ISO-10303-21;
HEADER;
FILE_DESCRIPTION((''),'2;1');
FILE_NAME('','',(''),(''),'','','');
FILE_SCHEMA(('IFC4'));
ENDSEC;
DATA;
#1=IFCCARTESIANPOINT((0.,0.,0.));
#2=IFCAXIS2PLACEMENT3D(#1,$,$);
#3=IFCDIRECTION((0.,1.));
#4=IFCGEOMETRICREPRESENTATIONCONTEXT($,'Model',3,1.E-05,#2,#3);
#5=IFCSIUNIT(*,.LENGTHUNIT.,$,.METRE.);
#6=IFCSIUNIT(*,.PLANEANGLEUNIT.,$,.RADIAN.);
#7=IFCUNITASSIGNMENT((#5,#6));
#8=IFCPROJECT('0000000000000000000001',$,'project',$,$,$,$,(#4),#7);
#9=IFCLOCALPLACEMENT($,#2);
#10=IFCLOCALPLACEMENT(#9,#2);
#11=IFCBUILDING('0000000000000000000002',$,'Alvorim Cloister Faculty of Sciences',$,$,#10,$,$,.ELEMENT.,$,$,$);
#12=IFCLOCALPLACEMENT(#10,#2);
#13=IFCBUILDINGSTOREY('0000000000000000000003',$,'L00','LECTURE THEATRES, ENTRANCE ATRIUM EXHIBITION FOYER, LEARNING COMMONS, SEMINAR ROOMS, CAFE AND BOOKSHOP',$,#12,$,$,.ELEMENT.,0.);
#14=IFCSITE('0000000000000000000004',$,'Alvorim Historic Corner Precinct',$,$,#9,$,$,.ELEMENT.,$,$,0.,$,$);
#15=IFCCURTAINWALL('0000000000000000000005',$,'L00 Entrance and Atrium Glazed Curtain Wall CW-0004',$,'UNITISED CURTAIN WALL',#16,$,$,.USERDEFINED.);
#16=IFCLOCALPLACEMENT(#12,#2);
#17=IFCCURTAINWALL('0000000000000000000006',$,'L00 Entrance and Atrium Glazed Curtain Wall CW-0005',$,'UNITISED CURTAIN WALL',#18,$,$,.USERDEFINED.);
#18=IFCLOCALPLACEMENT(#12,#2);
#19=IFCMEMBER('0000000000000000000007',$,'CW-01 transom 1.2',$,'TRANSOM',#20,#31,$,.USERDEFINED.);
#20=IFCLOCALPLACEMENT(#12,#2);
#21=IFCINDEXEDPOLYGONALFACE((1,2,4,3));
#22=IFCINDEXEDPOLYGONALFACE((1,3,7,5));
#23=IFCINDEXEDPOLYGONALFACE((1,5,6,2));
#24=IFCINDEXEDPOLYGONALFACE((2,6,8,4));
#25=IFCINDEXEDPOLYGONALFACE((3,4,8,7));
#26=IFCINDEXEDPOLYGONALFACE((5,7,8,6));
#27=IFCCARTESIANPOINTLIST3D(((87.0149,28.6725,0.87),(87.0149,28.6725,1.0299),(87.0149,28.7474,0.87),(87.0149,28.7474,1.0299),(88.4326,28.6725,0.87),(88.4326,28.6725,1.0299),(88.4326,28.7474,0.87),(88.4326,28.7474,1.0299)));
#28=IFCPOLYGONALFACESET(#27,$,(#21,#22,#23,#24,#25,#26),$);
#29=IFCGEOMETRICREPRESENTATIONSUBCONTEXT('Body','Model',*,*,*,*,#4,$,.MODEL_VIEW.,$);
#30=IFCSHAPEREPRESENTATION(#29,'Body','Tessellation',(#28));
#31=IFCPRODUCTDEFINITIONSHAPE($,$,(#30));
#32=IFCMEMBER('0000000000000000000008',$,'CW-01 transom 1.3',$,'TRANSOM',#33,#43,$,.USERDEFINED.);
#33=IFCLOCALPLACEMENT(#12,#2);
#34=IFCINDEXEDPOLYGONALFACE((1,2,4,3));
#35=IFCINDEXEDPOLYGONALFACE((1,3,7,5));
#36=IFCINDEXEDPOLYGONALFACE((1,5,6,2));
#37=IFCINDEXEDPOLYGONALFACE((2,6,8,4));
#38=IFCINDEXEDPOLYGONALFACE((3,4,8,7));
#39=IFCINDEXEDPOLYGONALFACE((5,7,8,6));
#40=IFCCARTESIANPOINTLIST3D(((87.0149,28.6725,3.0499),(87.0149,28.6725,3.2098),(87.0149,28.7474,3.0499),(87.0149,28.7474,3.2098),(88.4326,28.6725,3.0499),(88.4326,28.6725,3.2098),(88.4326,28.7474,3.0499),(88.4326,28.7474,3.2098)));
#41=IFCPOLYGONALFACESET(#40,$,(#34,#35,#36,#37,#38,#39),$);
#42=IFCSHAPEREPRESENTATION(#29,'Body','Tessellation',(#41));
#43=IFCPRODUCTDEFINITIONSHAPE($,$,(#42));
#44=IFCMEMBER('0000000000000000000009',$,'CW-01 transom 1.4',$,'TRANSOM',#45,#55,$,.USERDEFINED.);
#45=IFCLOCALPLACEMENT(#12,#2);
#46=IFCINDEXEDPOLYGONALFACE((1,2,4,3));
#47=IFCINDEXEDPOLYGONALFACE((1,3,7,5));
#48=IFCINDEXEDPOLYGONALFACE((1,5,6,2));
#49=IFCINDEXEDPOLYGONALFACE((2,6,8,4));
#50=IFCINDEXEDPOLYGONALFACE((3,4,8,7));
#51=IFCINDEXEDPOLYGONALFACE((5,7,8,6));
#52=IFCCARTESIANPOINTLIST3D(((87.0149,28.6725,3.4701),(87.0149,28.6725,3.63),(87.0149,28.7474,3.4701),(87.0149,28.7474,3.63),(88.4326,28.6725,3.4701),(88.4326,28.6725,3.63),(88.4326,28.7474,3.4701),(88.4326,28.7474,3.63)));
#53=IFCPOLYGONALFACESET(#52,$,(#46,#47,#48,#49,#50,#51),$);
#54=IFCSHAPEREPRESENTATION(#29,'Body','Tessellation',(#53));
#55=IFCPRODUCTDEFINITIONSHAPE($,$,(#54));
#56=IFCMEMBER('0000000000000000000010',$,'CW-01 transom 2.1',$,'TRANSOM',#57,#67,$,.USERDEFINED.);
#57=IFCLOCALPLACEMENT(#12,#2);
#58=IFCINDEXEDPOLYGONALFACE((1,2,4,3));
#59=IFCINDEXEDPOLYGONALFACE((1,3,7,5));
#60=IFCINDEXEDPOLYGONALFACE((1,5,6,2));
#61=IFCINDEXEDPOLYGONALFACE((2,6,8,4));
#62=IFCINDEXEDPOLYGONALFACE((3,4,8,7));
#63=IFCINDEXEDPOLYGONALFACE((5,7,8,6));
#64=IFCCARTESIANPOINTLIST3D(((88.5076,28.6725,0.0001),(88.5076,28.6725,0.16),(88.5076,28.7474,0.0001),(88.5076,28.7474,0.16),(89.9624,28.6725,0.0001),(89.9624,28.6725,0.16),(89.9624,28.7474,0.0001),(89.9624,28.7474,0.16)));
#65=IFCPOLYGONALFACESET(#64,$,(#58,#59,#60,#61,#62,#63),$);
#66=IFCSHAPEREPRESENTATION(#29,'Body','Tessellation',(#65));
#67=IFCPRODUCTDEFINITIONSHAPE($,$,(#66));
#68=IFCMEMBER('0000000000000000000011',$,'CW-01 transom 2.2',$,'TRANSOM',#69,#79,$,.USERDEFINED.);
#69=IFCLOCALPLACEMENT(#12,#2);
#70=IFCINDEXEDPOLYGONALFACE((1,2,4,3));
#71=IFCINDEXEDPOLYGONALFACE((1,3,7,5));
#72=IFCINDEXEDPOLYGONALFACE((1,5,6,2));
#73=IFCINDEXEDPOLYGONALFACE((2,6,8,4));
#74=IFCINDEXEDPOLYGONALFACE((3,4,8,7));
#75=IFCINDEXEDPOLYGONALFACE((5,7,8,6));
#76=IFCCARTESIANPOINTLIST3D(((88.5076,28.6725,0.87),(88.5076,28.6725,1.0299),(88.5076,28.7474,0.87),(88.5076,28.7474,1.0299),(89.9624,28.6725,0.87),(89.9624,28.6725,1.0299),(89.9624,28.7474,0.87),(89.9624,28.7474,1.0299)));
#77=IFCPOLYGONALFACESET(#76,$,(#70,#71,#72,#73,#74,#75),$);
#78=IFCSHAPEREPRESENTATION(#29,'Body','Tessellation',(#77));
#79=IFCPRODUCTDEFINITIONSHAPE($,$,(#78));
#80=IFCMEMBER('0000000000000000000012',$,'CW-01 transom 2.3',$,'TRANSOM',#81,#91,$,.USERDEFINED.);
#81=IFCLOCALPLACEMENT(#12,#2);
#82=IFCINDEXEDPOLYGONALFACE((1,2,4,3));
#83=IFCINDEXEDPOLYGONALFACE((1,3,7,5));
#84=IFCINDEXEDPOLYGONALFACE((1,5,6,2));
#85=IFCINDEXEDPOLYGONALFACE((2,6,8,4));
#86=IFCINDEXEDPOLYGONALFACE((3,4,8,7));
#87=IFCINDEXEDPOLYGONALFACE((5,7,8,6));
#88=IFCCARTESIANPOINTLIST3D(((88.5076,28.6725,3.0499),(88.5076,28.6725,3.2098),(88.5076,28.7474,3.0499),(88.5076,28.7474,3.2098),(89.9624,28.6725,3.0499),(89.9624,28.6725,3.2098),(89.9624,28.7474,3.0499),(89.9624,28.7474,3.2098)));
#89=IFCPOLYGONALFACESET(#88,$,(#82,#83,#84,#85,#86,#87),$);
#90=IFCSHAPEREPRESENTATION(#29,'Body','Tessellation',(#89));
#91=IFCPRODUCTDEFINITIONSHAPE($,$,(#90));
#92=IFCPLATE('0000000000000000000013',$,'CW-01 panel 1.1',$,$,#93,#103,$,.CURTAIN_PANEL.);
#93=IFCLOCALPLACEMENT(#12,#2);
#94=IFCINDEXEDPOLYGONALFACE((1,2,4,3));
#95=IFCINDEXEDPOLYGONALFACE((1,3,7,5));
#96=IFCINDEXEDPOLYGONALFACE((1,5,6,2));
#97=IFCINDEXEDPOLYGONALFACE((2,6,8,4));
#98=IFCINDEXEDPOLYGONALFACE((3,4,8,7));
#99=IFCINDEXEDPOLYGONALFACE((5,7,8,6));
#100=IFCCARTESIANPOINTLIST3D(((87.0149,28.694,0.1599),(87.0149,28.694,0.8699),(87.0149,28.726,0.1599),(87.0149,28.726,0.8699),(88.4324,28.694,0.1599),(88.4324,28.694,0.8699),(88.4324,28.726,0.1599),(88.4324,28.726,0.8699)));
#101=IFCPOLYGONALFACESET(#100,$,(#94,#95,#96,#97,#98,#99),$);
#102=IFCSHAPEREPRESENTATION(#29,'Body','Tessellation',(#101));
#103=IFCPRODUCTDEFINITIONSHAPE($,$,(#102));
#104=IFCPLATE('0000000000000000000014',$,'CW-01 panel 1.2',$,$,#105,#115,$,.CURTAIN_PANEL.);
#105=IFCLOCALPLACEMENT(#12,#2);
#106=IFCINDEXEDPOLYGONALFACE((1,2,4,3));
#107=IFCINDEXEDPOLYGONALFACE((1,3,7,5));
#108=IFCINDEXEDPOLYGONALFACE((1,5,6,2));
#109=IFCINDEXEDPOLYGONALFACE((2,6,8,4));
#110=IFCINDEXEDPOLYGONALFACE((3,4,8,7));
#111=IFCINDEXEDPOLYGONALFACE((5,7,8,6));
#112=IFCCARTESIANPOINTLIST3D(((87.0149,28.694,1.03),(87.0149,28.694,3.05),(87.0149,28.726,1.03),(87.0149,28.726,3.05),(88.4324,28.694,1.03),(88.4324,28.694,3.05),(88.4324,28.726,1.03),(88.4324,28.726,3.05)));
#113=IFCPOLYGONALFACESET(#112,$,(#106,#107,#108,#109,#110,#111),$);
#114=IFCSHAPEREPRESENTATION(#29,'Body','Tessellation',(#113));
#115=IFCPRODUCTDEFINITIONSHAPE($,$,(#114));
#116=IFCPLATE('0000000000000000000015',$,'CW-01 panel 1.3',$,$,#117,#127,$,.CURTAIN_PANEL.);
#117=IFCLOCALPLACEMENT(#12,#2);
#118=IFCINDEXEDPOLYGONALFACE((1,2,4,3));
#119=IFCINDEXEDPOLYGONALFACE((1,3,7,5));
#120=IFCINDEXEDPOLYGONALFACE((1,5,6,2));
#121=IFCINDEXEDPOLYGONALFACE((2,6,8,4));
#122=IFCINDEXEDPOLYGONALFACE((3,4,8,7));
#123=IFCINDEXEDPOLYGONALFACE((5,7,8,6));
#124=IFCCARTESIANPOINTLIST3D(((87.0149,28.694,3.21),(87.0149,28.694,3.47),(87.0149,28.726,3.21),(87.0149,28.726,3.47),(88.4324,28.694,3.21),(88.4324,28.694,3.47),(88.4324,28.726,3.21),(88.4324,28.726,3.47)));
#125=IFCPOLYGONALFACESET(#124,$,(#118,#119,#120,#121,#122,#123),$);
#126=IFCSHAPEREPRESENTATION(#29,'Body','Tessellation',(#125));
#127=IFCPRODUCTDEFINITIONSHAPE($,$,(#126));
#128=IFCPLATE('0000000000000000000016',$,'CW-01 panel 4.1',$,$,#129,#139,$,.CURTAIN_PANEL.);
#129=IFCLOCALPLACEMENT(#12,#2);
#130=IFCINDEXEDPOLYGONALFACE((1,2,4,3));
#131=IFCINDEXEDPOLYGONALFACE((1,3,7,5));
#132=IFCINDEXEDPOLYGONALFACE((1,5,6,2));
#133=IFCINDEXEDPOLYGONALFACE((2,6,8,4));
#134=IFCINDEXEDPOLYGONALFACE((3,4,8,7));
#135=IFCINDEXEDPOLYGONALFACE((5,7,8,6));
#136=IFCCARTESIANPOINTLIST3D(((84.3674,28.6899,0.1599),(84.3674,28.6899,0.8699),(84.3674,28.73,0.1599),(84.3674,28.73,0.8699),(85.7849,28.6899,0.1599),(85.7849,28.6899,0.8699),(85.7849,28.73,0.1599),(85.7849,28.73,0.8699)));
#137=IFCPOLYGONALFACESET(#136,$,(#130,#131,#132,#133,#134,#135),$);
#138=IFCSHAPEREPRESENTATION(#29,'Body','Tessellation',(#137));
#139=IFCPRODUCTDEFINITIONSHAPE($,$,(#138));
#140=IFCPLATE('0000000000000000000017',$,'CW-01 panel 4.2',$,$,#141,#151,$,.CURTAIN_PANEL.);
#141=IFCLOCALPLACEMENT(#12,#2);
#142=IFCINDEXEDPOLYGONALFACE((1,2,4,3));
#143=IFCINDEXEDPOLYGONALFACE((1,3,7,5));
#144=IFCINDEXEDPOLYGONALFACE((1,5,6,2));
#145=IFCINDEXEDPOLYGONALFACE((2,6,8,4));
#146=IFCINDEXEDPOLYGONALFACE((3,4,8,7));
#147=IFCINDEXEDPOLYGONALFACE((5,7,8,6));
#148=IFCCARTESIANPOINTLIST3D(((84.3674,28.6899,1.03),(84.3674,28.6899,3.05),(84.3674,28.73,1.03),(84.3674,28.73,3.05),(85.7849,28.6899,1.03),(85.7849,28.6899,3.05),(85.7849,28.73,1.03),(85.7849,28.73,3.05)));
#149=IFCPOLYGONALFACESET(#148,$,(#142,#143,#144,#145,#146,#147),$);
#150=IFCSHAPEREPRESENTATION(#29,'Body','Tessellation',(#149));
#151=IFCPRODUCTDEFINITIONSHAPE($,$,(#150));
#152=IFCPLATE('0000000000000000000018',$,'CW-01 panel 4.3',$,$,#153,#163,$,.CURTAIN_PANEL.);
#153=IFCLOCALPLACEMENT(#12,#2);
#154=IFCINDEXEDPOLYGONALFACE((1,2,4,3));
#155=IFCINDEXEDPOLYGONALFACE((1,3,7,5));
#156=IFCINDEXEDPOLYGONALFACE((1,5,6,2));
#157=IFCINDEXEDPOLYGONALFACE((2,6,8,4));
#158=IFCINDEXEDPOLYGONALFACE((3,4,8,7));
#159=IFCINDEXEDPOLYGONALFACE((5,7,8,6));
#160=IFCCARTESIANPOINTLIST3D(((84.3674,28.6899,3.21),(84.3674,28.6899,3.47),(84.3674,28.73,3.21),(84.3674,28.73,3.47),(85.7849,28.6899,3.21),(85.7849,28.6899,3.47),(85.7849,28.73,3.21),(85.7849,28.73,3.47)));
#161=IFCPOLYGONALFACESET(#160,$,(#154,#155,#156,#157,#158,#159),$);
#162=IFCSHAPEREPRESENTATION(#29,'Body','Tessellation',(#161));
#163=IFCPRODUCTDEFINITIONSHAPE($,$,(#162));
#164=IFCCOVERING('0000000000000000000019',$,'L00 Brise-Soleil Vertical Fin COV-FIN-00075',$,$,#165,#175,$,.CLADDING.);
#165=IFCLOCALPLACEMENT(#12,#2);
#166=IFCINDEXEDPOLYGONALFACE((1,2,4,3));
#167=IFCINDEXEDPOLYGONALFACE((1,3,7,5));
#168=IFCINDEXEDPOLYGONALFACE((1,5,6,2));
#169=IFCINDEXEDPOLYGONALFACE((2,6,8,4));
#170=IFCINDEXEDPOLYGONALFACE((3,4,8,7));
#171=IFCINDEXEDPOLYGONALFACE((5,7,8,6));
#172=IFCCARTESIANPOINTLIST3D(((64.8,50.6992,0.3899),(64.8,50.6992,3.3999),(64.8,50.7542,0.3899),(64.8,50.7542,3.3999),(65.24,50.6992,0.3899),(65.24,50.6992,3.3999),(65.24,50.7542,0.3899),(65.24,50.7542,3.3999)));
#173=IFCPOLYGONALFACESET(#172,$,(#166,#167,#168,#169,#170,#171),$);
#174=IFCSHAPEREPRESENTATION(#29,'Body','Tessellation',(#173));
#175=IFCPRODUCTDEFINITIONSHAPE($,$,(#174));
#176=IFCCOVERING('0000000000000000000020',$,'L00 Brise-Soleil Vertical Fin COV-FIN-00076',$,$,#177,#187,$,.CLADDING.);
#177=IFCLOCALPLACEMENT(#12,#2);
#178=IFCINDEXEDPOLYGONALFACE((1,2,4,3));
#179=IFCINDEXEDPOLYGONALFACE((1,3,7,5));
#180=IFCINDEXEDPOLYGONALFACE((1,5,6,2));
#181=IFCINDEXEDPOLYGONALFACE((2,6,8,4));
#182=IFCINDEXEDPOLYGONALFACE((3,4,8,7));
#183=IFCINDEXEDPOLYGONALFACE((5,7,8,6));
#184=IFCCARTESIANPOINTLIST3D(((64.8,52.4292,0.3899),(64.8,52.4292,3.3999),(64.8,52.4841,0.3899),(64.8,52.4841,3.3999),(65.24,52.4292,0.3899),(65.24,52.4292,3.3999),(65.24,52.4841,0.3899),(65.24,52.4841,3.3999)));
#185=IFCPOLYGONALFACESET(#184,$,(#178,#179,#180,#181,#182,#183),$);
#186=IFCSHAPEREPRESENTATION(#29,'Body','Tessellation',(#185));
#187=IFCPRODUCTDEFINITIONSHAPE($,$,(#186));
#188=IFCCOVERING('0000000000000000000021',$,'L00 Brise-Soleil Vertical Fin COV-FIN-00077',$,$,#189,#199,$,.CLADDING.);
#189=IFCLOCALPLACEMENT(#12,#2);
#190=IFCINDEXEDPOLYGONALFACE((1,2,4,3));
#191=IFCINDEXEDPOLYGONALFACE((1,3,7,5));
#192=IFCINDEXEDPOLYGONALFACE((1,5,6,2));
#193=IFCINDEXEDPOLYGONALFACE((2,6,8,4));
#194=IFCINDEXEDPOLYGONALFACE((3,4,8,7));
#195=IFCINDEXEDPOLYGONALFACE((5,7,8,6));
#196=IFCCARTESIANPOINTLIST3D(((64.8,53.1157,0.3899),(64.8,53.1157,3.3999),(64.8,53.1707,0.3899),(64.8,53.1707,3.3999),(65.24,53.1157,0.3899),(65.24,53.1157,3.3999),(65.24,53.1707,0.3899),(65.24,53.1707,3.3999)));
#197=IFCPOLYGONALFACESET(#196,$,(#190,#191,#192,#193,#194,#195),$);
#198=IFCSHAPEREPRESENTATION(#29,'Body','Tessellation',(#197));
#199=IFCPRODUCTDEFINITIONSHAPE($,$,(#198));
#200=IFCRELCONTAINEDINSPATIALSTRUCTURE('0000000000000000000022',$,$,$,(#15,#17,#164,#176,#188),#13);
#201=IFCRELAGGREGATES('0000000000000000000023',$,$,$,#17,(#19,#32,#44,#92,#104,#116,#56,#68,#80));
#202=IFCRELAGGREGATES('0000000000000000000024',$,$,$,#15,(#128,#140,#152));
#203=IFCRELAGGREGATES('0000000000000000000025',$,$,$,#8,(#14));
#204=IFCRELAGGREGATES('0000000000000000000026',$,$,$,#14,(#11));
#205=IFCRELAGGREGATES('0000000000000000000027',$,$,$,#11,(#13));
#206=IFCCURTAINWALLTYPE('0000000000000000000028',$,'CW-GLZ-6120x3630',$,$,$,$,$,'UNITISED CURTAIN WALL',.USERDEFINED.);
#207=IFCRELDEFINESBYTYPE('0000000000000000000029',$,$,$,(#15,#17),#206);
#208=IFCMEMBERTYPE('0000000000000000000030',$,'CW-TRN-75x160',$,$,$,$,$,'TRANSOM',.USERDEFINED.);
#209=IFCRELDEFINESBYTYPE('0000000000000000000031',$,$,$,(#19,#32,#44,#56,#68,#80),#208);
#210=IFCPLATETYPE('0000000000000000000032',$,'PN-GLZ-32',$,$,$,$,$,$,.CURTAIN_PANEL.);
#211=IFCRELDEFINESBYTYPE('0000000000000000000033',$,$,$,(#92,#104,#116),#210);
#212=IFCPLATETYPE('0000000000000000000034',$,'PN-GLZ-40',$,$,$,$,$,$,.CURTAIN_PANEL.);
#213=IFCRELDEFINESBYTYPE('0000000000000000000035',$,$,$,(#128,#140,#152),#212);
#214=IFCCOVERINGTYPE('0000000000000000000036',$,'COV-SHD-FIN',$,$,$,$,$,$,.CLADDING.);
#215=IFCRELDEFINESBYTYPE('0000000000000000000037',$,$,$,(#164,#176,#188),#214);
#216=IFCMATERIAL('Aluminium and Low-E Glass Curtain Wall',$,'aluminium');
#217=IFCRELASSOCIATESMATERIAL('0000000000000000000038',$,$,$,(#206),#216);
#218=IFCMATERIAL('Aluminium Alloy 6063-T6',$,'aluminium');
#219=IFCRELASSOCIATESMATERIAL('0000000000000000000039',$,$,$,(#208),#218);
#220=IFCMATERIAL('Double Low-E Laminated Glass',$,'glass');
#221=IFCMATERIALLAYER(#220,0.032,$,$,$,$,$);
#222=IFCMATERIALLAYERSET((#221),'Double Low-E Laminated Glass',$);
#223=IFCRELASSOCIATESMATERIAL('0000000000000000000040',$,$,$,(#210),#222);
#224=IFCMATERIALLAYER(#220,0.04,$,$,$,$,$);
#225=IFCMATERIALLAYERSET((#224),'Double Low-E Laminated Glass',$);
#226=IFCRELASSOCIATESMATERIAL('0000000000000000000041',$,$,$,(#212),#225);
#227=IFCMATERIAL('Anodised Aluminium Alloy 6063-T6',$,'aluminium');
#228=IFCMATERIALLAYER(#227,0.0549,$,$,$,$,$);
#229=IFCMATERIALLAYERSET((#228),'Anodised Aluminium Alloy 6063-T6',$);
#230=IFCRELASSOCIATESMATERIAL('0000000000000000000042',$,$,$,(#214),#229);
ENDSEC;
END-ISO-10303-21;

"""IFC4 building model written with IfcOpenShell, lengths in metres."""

from ifc_helpers import new_model, si_unit, direction, frame, origin, origin_2d, place, context, subcontext, project, spatial, polyline, rectangle, outline, extrude, material, layer, layer_set, material_profile, profile_set, type_object, element, aggregate, save


model = new_model("IFC4")

# Units and contexts
model_context = context("Model", 3, precision=1e-05, world=origin(), true_north=direction((0.0, 1.0)))
body_context = subcontext(model_context, "Body", "Model", "MODEL_VIEW")
ifc_project = project(units=[si_unit("LENGTHUNIT", "METRE"), si_unit("PLANEANGLEUNIT", "RADIAN")], contexts=[model_context])

# Site, building, storey
site_placement = place(None, origin())
site = spatial("IfcSite", under=ifc_project, at=site_placement, Name="Alvorim Historic Corner Precinct", CompositionType="ELEMENT", RefElevation=0.0)
building_placement = place(site_placement, origin())
building = spatial("IfcBuilding", under=site, at=building_placement, Name="Alvorim Cloister Faculty of Sciences", CompositionType="ELEMENT")
storey_placement = place(building_placement, origin())
storey = spatial("IfcBuildingStorey", under=building, at=storey_placement, Name="L00", Description="LECTURE THEATRES, ENTRANCE ATRIUM EXHIBITION FOYER, LEARNING COMMONS, SEMINAR ROOMS, CAFE AND BOOKSHOP", CompositionType="ELEMENT", Elevation=0.0)

# Curtain wall
ifc_material_1 = material(Name="Aluminium and Low-E Glass Curtain Wall", Category="aluminium")
curtain_wall_type = type_object("IfcCurtainWallType", Name="CW-GLZ-6120x3630", ElementType="UNITISED CURTAIN WALL", PredefinedType="USERDEFINED", material=ifc_material_1)
curtain_wall_1_placement = place(storey_placement, origin())
curtain_wall_1 = element("IfcCurtainWall", 1, at=curtain_wall_1_placement, inside=storey, type_object=curtain_wall_type, Name="L00 Entrance and Atrium Glazed Curtain Wall CW-0004", ObjectType="UNITISED CURTAIN WALL", PredefinedType="USERDEFINED")
ifc_material_2 = material(Name="Aluminium Alloy 6063-T6", Category="aluminium")

# Curtain wall
curtain_wall_2_placement = place(storey_placement, origin())
curtain_wall_2 = element("IfcCurtainWall", 2, at=curtain_wall_2_placement, inside=storey, type_object=curtain_wall_type, Name="L00 Entrance and Atrium Glazed Curtain Wall CW-0005", ObjectType="UNITISED CURTAIN WALL", PredefinedType="USERDEFINED")

# Members
ifc_material_profile_1 = material_profile(ifc_material_2, rectangle(XDim=0.075, YDim=0.1599, at=origin_2d()), Name="ALU-TRN-75x160")
ifc_profile_set_1 = profile_set([ifc_material_profile_1], Name="Aluminium Alloy 6063-T6")
member_type_1 = type_object("IfcMemberType", Name="CW-TRN-75x160", ElementType="TRANSOM", PredefinedType="USERDEFINED", material=ifc_profile_set_1)
member_1_placement = place(storey_placement, frame((87.0149, 28.71, 0.95), z_axis=(1.0, 0.0, 0.0), x_axis=(0.0, 1.0, 0.0)))
member_1 = element("IfcMember", 3, at=member_1_placement, type_object=member_type_1, Name="CW-01 transom 1.2", ObjectType="TRANSOM", PredefinedType="USERDEFINED", context=body_context, shape_type="SweptSolid", body=[
    extrude(rectangle(XDim=0.075, YDim=0.1599, at=origin_2d()), origin(), (0.0, 0.0, 1.0), 1.4177),
])
member_2_placement = place(storey_placement, frame((87.0149, 28.71, 3.1299), z_axis=(1.0, 0.0, 0.0), x_axis=(0.0, 1.0, 0.0)))
member_2 = element("IfcMember", 4, at=member_2_placement, type_object=member_type_1, Name="CW-01 transom 1.3", ObjectType="TRANSOM", PredefinedType="USERDEFINED", context=body_context, shape_type="SweptSolid", body=[
    extrude(rectangle(XDim=0.075, YDim=0.1599, at=origin_2d()), origin(), (0.0, 0.0, 1.0), 1.4177),
])
member_3_placement = place(storey_placement, frame((87.0149, 28.71, 3.55), z_axis=(1.0, 0.0, 0.0), x_axis=(0.0, 1.0, 0.0)))
member_3 = element("IfcMember", 5, at=member_3_placement, type_object=member_type_1, Name="CW-01 transom 1.4", ObjectType="TRANSOM", PredefinedType="USERDEFINED", context=body_context, shape_type="SweptSolid", body=[
    extrude(rectangle(XDim=0.075, YDim=0.1599, at=origin_2d()), origin(), (0.0, 0.0, 1.0), 1.4177),
])
member_4_placement = place(storey_placement, frame((88.5076, 28.71, 0.0801), z_axis=(1.0, 0.0, 0.0), x_axis=(0.0, 1.0, 0.0)))
member_4 = element("IfcMember", 6, at=member_4_placement, type_object=member_type_1, Name="CW-01 transom 2.1", ObjectType="TRANSOM", PredefinedType="USERDEFINED", context=body_context, shape_type="SweptSolid", body=[
    extrude(rectangle(XDim=0.075, YDim=0.1599, at=origin_2d()), origin(), (0.0, 0.0, 1.0), 1.4548),
])
member_5_placement = place(storey_placement, frame((88.5076, 28.71, 0.95), z_axis=(1.0, 0.0, 0.0), x_axis=(0.0, 1.0, 0.0)))
member_5 = element("IfcMember", 7, at=member_5_placement, type_object=member_type_1, Name="CW-01 transom 2.2", ObjectType="TRANSOM", PredefinedType="USERDEFINED", context=body_context, shape_type="SweptSolid", body=[
    extrude(rectangle(XDim=0.075, YDim=0.1599, at=origin_2d()), origin(), (0.0, 0.0, 1.0), 1.4548),
])
member_6_placement = place(storey_placement, frame((88.5076, 28.71, 3.1299), z_axis=(1.0, 0.0, 0.0), x_axis=(0.0, 1.0, 0.0)))
member_6 = element("IfcMember", 8, at=member_6_placement, type_object=member_type_1, Name="CW-01 transom 2.3", ObjectType="TRANSOM", PredefinedType="USERDEFINED", context=body_context, shape_type="SweptSolid", body=[
    extrude(rectangle(XDim=0.075, YDim=0.1599, at=origin_2d()), origin(), (0.0, 0.0, 1.0), 1.4548),
])

# Plates
ifc_material_3 = material(Name="Double Low-E Laminated Glass", Category="glass")
ifc_layer_1 = layer(ifc_material_3, 0.032)
ifc_layer_set_1 = layer_set([ifc_layer_1], Name="Double Low-E Laminated Glass")
plate_type_1 = type_object("IfcPlateType", Name="PN-GLZ-32", PredefinedType="CURTAIN_PANEL", material=ifc_layer_set_1)
plate_1_placement = place(storey_placement, frame((87.7236, 28.71, 0.1599), z_axis=(0.0, 0.0, 1.0), x_axis=(1.0, 0.0, 0.0)))
plate_1 = element("IfcPlate", 9, at=plate_1_placement, type_object=plate_type_1, Name="CW-01 panel 1.1", PredefinedType="CURTAIN_PANEL", context=body_context, shape_type="SweptSolid", body=[
    extrude(rectangle(XDim=1.4175, YDim=0.032, at=origin_2d()), origin(), (0.0, 0.0, 1.0), 0.71),
])
plate_2_placement = place(storey_placement, frame((87.7236, 28.71, 1.03), z_axis=(0.0, 0.0, 1.0), x_axis=(1.0, 0.0, 0.0)))
plate_2 = element("IfcPlate", 10, at=plate_2_placement, type_object=plate_type_1, Name="CW-01 panel 1.2", PredefinedType="CURTAIN_PANEL", context=body_context, shape_type="SweptSolid", body=[
    extrude(rectangle(XDim=1.4175, YDim=0.032, at=origin_2d()), origin(), (0.0, 0.0, 1.0), 2.02),
])
plate_3_placement = place(storey_placement, frame((87.7236, 28.71, 3.21), z_axis=(0.0, 0.0, 1.0), x_axis=(1.0, 0.0, 0.0)))
plate_3 = element("IfcPlate", 11, at=plate_3_placement, type_object=plate_type_1, Name="CW-01 panel 1.3", PredefinedType="CURTAIN_PANEL", context=body_context, shape_type="SweptSolid", body=[
    extrude(rectangle(XDim=1.4175, YDim=0.032, at=origin_2d()), origin(), (0.0, 0.0, 1.0), 0.26),
])
aggregate(curtain_wall_2, [member_1, member_2, member_3, plate_1, plate_2, plate_3, member_4, member_5, member_6])
ifc_layer_2 = layer(ifc_material_3, 0.04)
ifc_layer_set_2 = layer_set([ifc_layer_2], Name="Double Low-E Laminated Glass")
plate_type_2 = type_object("IfcPlateType", Name="PN-GLZ-40", PredefinedType="CURTAIN_PANEL", material=ifc_layer_set_2)
plate_4_placement = place(storey_placement, frame((85.0762, 28.71, 0.1599), z_axis=(0.0, 0.0, 1.0), x_axis=(1.0, 0.0, 0.0)))
plate_4 = element("IfcPlate", 12, at=plate_4_placement, type_object=plate_type_2, Name="CW-01 panel 4.1", PredefinedType="CURTAIN_PANEL", context=body_context, shape_type="SweptSolid", body=[
    extrude(rectangle(XDim=1.4175, YDim=0.04, at=origin_2d()), origin(), (0.0, 0.0, 1.0), 0.71),
])
plate_5_placement = place(storey_placement, frame((85.0762, 28.71, 1.03), z_axis=(0.0, 0.0, 1.0), x_axis=(1.0, 0.0, 0.0)))
plate_5 = element("IfcPlate", 13, at=plate_5_placement, type_object=plate_type_2, Name="CW-01 panel 4.2", PredefinedType="CURTAIN_PANEL", context=body_context, shape_type="SweptSolid", body=[
    extrude(rectangle(XDim=1.4175, YDim=0.04, at=origin_2d()), origin(), (0.0, 0.0, 1.0), 2.02),
])
plate_6_placement = place(storey_placement, frame((85.0762, 28.71, 3.21), z_axis=(0.0, 0.0, 1.0), x_axis=(1.0, 0.0, 0.0)))
plate_6 = element("IfcPlate", 14, at=plate_6_placement, type_object=plate_type_2, Name="CW-01 panel 4.3", PredefinedType="CURTAIN_PANEL", context=body_context, shape_type="SweptSolid", body=[
    extrude(rectangle(XDim=1.4175, YDim=0.04, at=origin_2d()), origin(), (0.0, 0.0, 1.0), 0.26),
])
aggregate(curtain_wall_1, [plate_4, plate_5, plate_6])

# Coverings
ifc_material_4 = material(Name="Anodised Aluminium Alloy 6063-T6", Category="aluminium")
ifc_layer_3 = layer(ifc_material_4, 0.0549)
ifc_layer_set_3 = layer_set([ifc_layer_3], Name="Anodised Aluminium Alloy 6063-T6")
covering_type = type_object("IfcCoveringType", Name="COV-SHD-FIN", PredefinedType="CLADDING", material=ifc_layer_set_3)
for number, where, z_axis, x_axis, name in (
    (15, (64.8, 50.7268, 0.3899), (0.0, 0.0, 1.0), (1.0, 0.0, 0.0), "L00 Brise-Soleil Vertical Fin COV-FIN-00075"),
    (16, (64.8, 52.4568, 0.3899), (0.0, 0.0, 1.0), (1.0, 0.0, 0.0), "L00 Brise-Soleil Vertical Fin COV-FIN-00076"),
    (17, (64.8, 53.1433, 0.3899), (0.0, 0.0, 1.0), (1.0, 0.0, 0.0), "L00 Brise-Soleil Vertical Fin COV-FIN-00077"),
):
    element("IfcCovering", number, at=place(storey_placement, frame(where, z_axis=z_axis, x_axis=x_axis)), inside=storey, type_object=covering_type, Name=name, PredefinedType="CLADDING", context=body_context, shape_type="SweptSolid", body=[
        extrude(outline(polyline([(0.0, 0.0), (0.4399, 0.0), (0.4399, 3.01), (0.0, 3.01), (0.0, 0.0)])), frame((0.0, 0.0273, 0.0), z_axis=(0.0, -1.0, 0.0), x_axis=(1.0, 0.0, 0.0)), (0.0, 0.0, 1.0), 0.0549),
    ])

save(model, "model.ifc")
